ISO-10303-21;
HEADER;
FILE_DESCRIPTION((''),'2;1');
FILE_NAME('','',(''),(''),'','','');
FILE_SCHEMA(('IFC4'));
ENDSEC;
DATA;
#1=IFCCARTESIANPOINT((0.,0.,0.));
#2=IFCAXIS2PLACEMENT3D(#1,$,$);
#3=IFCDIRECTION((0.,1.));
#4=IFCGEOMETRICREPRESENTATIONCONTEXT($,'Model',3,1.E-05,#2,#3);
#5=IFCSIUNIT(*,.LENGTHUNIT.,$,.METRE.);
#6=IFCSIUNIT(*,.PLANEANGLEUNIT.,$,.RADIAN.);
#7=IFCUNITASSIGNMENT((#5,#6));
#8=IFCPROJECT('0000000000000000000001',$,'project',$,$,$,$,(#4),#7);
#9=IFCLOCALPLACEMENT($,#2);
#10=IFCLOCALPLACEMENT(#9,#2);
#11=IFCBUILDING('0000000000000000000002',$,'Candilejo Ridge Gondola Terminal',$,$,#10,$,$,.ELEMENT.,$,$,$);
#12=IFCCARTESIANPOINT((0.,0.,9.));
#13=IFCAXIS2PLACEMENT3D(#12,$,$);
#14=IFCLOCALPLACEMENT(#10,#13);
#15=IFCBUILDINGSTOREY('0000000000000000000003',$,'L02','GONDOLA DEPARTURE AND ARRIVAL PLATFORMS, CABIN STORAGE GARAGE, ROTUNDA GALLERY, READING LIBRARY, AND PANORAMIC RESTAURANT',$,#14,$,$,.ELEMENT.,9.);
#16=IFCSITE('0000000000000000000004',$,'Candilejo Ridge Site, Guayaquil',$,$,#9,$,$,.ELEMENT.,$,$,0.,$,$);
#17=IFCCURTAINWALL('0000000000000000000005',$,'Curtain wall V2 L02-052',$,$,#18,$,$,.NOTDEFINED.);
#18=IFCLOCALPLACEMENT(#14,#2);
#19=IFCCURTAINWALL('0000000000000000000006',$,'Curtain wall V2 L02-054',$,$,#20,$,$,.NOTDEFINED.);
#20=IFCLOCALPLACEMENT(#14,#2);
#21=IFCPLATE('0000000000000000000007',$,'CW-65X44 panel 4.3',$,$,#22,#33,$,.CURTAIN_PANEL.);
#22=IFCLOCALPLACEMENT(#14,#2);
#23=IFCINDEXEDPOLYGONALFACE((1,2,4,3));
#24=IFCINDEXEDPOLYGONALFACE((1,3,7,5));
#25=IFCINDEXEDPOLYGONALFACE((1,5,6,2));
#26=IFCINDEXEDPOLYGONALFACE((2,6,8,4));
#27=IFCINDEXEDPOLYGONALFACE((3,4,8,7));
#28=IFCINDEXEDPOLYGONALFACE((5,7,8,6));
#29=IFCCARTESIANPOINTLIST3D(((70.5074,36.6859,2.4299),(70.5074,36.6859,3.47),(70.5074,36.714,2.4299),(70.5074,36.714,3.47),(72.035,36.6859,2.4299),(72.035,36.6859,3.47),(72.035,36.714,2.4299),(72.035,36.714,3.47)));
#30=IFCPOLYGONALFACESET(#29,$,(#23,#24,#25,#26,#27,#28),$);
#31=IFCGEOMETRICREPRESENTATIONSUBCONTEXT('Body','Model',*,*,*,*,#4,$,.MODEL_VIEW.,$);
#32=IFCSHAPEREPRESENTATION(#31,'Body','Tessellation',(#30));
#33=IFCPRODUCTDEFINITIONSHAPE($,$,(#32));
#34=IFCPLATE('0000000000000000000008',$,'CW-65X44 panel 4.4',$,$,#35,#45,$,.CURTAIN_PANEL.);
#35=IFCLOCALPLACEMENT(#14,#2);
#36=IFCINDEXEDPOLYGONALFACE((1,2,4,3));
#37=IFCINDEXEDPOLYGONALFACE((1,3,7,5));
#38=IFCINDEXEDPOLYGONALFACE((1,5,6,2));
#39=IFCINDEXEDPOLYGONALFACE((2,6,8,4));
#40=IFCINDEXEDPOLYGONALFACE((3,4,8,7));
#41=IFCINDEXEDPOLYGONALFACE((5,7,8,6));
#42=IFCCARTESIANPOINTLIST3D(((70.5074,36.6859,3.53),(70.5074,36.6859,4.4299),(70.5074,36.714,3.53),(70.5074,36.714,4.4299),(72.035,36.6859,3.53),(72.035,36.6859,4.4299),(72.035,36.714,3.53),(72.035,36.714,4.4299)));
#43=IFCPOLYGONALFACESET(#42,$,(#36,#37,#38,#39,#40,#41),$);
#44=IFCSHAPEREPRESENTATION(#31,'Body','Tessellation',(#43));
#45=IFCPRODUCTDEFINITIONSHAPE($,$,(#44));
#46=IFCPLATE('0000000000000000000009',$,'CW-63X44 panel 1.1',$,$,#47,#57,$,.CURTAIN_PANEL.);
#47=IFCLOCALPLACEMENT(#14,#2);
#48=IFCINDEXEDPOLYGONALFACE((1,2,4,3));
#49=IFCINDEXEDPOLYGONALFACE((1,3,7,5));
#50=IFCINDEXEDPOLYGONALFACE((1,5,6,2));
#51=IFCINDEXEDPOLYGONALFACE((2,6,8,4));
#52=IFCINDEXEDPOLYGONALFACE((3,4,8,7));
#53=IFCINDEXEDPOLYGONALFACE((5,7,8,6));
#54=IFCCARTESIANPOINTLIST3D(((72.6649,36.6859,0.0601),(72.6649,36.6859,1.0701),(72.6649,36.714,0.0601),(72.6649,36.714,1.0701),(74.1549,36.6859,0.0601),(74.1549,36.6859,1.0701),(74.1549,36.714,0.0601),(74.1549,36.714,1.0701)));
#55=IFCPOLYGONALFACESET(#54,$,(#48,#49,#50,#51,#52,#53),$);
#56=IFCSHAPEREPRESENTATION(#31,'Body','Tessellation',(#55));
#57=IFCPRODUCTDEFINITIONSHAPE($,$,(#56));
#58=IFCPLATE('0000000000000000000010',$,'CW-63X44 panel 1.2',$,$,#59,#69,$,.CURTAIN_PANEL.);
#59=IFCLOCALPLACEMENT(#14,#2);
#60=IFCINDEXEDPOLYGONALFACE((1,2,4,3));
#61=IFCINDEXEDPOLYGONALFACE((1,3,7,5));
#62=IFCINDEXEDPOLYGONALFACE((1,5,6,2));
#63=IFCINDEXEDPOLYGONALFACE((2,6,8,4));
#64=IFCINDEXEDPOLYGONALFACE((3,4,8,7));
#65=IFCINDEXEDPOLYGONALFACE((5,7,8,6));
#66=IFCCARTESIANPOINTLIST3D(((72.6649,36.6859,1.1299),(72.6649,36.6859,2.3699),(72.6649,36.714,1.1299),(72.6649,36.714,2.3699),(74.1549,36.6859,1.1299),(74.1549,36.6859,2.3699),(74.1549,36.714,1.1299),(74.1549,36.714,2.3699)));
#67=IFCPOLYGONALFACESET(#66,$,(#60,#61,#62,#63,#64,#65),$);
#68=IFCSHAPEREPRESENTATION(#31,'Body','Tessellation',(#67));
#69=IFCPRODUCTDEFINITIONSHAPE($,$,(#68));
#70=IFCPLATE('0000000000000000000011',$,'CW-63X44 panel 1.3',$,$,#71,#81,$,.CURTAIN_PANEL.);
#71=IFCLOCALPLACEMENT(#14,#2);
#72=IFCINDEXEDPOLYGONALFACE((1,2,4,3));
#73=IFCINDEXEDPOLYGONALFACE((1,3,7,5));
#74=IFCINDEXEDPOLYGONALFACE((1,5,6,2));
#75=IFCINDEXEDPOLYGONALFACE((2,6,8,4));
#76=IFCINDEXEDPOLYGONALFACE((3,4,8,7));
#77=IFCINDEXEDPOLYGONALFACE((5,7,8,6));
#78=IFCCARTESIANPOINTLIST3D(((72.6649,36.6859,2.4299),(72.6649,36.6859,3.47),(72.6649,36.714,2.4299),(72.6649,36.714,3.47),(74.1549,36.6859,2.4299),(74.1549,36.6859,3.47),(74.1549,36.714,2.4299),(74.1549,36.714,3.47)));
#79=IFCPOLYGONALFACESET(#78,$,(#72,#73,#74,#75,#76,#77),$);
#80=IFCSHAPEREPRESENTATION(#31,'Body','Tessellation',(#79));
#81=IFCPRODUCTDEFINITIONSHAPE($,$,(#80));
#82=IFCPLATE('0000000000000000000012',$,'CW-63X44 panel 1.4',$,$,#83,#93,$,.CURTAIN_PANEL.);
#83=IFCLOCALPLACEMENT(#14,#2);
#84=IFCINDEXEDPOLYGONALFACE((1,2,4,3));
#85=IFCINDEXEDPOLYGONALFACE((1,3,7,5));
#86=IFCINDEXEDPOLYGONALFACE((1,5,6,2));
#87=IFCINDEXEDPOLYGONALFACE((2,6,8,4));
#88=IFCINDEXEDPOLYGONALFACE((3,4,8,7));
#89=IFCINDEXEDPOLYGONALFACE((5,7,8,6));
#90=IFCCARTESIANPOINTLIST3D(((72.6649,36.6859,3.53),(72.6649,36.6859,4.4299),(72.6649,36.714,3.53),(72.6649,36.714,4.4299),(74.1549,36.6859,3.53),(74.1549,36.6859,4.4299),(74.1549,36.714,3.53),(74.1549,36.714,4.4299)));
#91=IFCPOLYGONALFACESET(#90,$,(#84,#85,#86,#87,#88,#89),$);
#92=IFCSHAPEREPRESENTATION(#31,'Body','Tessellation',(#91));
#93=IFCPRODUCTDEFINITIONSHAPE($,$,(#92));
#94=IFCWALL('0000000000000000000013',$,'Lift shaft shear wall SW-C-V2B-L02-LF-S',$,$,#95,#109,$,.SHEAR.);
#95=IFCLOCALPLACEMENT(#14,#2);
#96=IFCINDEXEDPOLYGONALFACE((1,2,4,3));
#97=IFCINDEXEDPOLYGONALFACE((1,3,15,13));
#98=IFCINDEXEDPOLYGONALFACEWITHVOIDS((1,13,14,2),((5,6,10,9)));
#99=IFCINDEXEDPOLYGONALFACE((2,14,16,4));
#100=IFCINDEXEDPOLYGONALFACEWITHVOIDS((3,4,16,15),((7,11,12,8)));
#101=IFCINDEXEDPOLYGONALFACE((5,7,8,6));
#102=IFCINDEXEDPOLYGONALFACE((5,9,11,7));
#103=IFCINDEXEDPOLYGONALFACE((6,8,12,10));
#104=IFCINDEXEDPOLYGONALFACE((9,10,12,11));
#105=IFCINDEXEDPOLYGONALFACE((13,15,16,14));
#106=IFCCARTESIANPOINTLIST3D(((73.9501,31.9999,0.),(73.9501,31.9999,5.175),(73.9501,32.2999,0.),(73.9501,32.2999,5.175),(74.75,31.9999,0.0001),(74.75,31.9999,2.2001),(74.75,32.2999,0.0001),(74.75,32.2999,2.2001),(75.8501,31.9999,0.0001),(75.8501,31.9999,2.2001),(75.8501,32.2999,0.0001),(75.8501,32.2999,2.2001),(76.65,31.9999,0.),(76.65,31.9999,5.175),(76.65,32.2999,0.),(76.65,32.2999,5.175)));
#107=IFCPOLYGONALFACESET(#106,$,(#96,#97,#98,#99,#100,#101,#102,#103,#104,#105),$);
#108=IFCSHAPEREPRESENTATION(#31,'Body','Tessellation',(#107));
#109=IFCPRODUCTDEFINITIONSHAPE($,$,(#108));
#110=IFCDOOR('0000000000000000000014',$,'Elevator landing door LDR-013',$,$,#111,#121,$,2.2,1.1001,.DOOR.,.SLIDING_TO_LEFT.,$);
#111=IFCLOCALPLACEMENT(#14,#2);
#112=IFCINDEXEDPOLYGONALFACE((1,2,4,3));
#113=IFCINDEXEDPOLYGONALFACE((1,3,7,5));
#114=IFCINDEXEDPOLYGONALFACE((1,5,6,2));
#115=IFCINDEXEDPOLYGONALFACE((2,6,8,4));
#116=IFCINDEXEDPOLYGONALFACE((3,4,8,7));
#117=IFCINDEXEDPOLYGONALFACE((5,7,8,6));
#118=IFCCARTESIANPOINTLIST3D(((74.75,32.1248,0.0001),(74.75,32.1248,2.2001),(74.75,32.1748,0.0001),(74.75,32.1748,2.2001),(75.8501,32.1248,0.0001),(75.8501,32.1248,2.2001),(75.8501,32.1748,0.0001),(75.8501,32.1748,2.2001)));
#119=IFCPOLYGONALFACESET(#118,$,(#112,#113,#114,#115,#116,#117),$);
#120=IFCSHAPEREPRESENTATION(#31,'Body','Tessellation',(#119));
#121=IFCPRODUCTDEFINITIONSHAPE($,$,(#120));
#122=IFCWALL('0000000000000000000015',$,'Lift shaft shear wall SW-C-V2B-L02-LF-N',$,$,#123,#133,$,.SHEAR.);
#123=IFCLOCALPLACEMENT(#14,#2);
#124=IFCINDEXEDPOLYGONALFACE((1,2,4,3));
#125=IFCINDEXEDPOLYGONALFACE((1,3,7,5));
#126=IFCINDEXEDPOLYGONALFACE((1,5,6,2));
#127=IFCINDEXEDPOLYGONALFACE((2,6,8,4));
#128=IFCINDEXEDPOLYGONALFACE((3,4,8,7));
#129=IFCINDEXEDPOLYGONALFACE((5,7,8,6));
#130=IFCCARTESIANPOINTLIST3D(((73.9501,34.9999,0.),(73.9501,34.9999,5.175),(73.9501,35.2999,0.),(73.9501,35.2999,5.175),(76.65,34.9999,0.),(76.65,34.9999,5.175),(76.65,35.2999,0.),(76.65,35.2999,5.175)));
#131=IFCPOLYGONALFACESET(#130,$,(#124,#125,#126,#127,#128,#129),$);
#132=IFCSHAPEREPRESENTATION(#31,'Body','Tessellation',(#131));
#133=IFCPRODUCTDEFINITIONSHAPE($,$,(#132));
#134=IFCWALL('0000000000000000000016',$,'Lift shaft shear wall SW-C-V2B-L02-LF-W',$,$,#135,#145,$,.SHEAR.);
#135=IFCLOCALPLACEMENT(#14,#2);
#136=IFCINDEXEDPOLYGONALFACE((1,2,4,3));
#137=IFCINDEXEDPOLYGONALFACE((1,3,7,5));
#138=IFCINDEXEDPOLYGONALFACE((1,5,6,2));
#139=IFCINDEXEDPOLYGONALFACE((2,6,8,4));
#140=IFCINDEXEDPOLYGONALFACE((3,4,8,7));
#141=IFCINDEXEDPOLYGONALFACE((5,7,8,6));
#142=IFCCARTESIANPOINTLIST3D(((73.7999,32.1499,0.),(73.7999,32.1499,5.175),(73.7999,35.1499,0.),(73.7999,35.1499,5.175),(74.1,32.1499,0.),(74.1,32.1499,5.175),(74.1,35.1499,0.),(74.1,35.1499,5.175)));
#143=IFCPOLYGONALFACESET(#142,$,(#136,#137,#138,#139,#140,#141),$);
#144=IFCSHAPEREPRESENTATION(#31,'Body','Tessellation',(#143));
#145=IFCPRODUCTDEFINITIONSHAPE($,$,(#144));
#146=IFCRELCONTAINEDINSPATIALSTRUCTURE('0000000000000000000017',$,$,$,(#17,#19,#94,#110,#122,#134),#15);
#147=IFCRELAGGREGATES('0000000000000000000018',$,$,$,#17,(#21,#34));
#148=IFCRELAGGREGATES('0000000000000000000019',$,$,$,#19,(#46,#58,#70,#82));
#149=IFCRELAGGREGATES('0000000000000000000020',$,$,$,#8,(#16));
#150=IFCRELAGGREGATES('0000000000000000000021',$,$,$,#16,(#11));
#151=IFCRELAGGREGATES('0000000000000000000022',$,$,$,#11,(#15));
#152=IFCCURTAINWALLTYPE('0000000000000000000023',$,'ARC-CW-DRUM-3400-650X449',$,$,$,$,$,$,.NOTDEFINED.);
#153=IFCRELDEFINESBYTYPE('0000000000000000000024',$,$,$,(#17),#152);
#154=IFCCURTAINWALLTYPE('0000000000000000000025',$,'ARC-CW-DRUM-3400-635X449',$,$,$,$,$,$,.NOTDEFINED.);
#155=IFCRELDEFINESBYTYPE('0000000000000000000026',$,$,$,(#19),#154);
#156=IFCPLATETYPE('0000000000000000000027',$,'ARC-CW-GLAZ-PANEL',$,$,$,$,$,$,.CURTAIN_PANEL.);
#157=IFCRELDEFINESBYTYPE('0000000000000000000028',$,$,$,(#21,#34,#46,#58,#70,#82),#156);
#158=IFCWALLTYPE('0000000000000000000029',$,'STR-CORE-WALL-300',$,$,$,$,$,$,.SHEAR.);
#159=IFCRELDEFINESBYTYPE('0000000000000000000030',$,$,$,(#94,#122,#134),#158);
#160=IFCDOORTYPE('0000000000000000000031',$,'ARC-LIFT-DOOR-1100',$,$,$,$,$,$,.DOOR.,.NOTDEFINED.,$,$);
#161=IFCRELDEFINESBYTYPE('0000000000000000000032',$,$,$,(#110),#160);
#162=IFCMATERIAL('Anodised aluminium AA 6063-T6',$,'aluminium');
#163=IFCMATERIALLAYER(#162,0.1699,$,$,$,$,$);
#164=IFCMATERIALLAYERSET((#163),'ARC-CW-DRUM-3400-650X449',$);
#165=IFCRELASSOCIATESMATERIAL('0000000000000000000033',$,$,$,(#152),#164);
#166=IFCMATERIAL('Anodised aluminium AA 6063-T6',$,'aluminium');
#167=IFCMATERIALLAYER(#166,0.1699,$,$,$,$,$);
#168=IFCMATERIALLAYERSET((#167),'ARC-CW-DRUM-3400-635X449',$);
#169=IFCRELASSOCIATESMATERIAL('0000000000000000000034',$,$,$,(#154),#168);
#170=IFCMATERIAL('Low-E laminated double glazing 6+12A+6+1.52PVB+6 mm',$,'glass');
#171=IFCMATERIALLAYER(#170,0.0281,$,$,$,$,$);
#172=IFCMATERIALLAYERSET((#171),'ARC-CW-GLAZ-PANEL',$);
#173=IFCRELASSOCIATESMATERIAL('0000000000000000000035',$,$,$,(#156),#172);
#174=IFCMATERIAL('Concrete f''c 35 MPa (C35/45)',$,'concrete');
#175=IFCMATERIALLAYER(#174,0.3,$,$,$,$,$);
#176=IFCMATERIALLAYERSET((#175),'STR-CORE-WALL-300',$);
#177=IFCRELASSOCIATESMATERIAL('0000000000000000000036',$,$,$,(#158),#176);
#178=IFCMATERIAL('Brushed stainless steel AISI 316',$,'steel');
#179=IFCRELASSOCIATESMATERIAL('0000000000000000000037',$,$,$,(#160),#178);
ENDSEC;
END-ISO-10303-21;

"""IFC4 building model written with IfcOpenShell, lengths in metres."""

from ifc_helpers import new_model, si_unit, direction, frame, frame_2d, origin, origin_2d, place, context, subcontext, project, spatial, rectangle, extrude, material, layer, layer_set, type_object, element, fill, aggregate, save


model = new_model("IFC4")

# Units and contexts
model_context = context("Model", 3, precision=1e-05, world=origin(), true_north=direction((0.0, 1.0)))
body_context = subcontext(model_context, "Body", "Model", "MODEL_VIEW")
ifc_project = project(units=[si_unit("LENGTHUNIT", "METRE"), si_unit("PLANEANGLEUNIT", "RADIAN")], contexts=[model_context])

# Site, building, storey
site_placement = place(None, origin())
site = spatial("IfcSite", under=ifc_project, at=site_placement, Name="Candilejo Ridge Site, Guayaquil", CompositionType="ELEMENT", RefElevation=0.0)
building_placement = place(site_placement, origin())
building = spatial("IfcBuilding", under=site, at=building_placement, Name="Candilejo Ridge Gondola Terminal", CompositionType="ELEMENT")
storey_placement = place(building_placement, frame((0.0, 0.0, 9.0)))
storey = spatial("IfcBuildingStorey", under=building, at=storey_placement, Name="L02", Description="GONDOLA DEPARTURE AND ARRIVAL PLATFORMS, CABIN STORAGE GARAGE, ROTUNDA GALLERY, READING LIBRARY, AND PANORAMIC RESTAURANT", CompositionType="ELEMENT", Elevation=9.0)

# Curtain walls
ifc_material_1 = material(Name="Anodised aluminium AA 6063-T6", Category="aluminium")
ifc_layer_1 = layer(ifc_material_1, 0.1699)
ifc_layer_set_1 = layer_set([ifc_layer_1], Name="ARC-CW-DRUM-3400-650X449")
curtain_wall_type_1 = type_object("IfcCurtainWallType", Name="ARC-CW-DRUM-3400-650X449", PredefinedType="NOTDEFINED", material=ifc_layer_set_1)
curtain_wall_1_placement = place(storey_placement, origin())
curtain_wall_1 = element("IfcCurtainWall", 1, at=curtain_wall_1_placement, inside=storey, type_object=curtain_wall_type_1, Name="Curtain wall V2 L02-052", PredefinedType="NOTDEFINED")
ifc_material_2 = material(Name="Anodised aluminium AA 6063-T6", Category="aluminium")
ifc_layer_2 = layer(ifc_material_2, 0.1699)
ifc_layer_set_2 = layer_set([ifc_layer_2], Name="ARC-CW-DRUM-3400-635X449")
curtain_wall_type_2 = type_object("IfcCurtainWallType", Name="ARC-CW-DRUM-3400-635X449", PredefinedType="NOTDEFINED", material=ifc_layer_set_2)
curtain_wall_2_placement = place(storey_placement, origin())
curtain_wall_2 = element("IfcCurtainWall", 2, at=curtain_wall_2_placement, inside=storey, type_object=curtain_wall_type_2, Name="Curtain wall V2 L02-054", PredefinedType="NOTDEFINED")

# Plates
ifc_material_3 = material(Name="Low-E laminated double glazing 6+12A+6+1.52PVB+6 mm", Category="glass")
ifc_layer_3 = layer(ifc_material_3, 0.0281)
ifc_layer_set_3 = layer_set([ifc_layer_3], Name="ARC-CW-GLAZ-PANEL")
plate_type = type_object("IfcPlateType", Name="ARC-CW-GLAZ-PANEL", PredefinedType="CURTAIN_PANEL", material=ifc_layer_set_3)
plate_1_placement = place(storey_placement, frame((71.2712, 36.7, 2.4299), z_axis=(0.0, 0.0, 1.0), x_axis=(1.0, 0.0, 0.0)))
plate_1 = element("IfcPlate", 3, at=plate_1_placement, type_object=plate_type, Name="CW-65X44 panel 4.3", PredefinedType="CURTAIN_PANEL", context=body_context, shape_type="SweptSolid", body=[
    extrude(rectangle(XDim=1.5276, YDim=0.0281, at=origin_2d()), origin(), (0.0, 0.0, 1.0), 1.04),
])
plate_2_placement = place(storey_placement, frame((71.2712, 36.7, 3.53), z_axis=(0.0, 0.0, 1.0), x_axis=(1.0, 0.0, 0.0)))
plate_2 = element("IfcPlate", 4, at=plate_2_placement, type_object=plate_type, Name="CW-65X44 panel 4.4", PredefinedType="CURTAIN_PANEL", context=body_context, shape_type="SweptSolid", body=[
    extrude(rectangle(XDim=1.5276, YDim=0.0281, at=origin_2d()), origin(), (0.0, 0.0, 1.0), 0.8999),
])
aggregate(curtain_wall_1, [plate_1, plate_2])
plate_3_placement = place(storey_placement, frame((73.4099, 36.7, 0.0601), z_axis=(0.0, 0.0, 1.0), x_axis=(1.0, 0.0, 0.0)))
plate_3 = element("IfcPlate", 5, at=plate_3_placement, type_object=plate_type, Name="CW-63X44 panel 1.1", PredefinedType="CURTAIN_PANEL", context=body_context, shape_type="SweptSolid", body=[
    extrude(rectangle(XDim=1.49, YDim=0.0281, at=origin_2d()), origin(), (0.0, 0.0, 1.0), 1.01),
])
plate_4_placement = place(storey_placement, frame((73.4099, 36.7, 1.1299), z_axis=(0.0, 0.0, 1.0), x_axis=(1.0, 0.0, 0.0)))
plate_4 = element("IfcPlate", 6, at=plate_4_placement, type_object=plate_type, Name="CW-63X44 panel 1.2", PredefinedType="CURTAIN_PANEL", context=body_context, shape_type="SweptSolid", body=[
    extrude(rectangle(XDim=1.49, YDim=0.0281, at=origin_2d()), origin(), (0.0, 0.0, 1.0), 1.24),
])
plate_5_placement = place(storey_placement, frame((73.4099, 36.7, 2.4299), z_axis=(0.0, 0.0, 1.0), x_axis=(1.0, 0.0, 0.0)))
plate_5 = element("IfcPlate", 7, at=plate_5_placement, type_object=plate_type, Name="CW-63X44 panel 1.3", PredefinedType="CURTAIN_PANEL", context=body_context, shape_type="SweptSolid", body=[
    extrude(rectangle(XDim=1.49, YDim=0.0281, at=origin_2d()), origin(), (0.0, 0.0, 1.0), 1.04),
])
plate_6_placement = place(storey_placement, frame((73.4099, 36.7, 3.53), z_axis=(0.0, 0.0, 1.0), x_axis=(1.0, 0.0, 0.0)))
plate_6 = element("IfcPlate", 8, at=plate_6_placement, type_object=plate_type, Name="CW-63X44 panel 1.4", PredefinedType="CURTAIN_PANEL", context=body_context, shape_type="SweptSolid", body=[
    extrude(rectangle(XDim=1.49, YDim=0.0281, at=origin_2d()), origin(), (0.0, 0.0, 1.0), 0.8999),
])
aggregate(curtain_wall_2, [plate_3, plate_4, plate_5, plate_6])

# Wall, opening, door
ifc_material_4 = material(Name="Concrete f'c 35 MPa (C35/45)", Category="concrete")
ifc_layer_4 = layer(ifc_material_4, 0.3)
ifc_layer_set_4 = layer_set([ifc_layer_4], Name="STR-CORE-WALL-300")
wall_type = type_object("IfcWallType", Name="STR-CORE-WALL-300", PredefinedType="SHEAR", material=ifc_layer_set_4)
wall_1_placement = place(storey_placement, frame((73.95, 32.1499, 0.0), z_axis=(0.0, 0.0, 1.0), x_axis=(1.0, 0.0, 0.0)))
wall_1 = element("IfcWall", 9, at=wall_1_placement, inside=storey, type_object=wall_type, Name="Lift shaft shear wall SW-C-V2B-L02-LF-S", PredefinedType="SHEAR", context=body_context, shape_type="SweptSolid", body=[
    extrude(rectangle(XDim=2.7, YDim=0.3, at=frame_2d((1.3501, 0.0))), origin(), (0.0, 0.0, 1.0), 5.175),
])
opening_placement = place(wall_1_placement, frame((0.8, 0.0, 0.0)))
opening = element("IfcOpeningElement", 10, at=opening_placement, cuts=wall_1, PredefinedType="OPENING", context=body_context, shape_type="SweptSolid", body=[
    extrude(rectangle(XDim=1.1001, YDim=2.2, at=frame_2d((0.55, 1.1001))), frame((0.0, 0.1599, 0.0), z_axis=(0.0, -1.0, 0.0), x_axis=(1.0, 0.0, 0.0)), (0.0, 0.0, 1.0), 0.3201),
])
ifc_material_5 = material(Name="Brushed stainless steel AISI 316", Category="steel")
door_type = type_object("IfcDoorType", Name="ARC-LIFT-DOOR-1100", OperationType="NOTDEFINED", PredefinedType="DOOR", material=ifc_material_5)
door_placement = place(opening_placement, origin())
door = element("IfcDoor", 11, at=door_placement, inside=storey, type_object=door_type, Name="Elevator landing door LDR-013", OperationType="SLIDING_TO_LEFT", OverallHeight=2.2, OverallWidth=1.1001, PredefinedType="DOOR", context=body_context, shape_type="SweptSolid", body=[
    extrude(rectangle(XDim=1.1001, YDim=2.2, at=frame_2d((0.55, 1.1001))), frame((0.0, 0.0249, 0.0), z_axis=(0.0, -1.0, 0.0), x_axis=(1.0, 0.0, 0.0)), (0.0, 0.0, 1.0), 0.05),
])
fill(opening, door)

# Walls
wall_2_placement = place(storey_placement, frame((73.95, 35.1499, 0.0), z_axis=(0.0, 0.0, 1.0), x_axis=(1.0, 0.0, 0.0)))
element("IfcWall", 12, at=wall_2_placement, inside=storey, type_object=wall_type, Name="Lift shaft shear wall SW-C-V2B-L02-LF-N", PredefinedType="SHEAR", context=body_context, shape_type="SweptSolid", body=[
    extrude(rectangle(XDim=2.7, YDim=0.3, at=frame_2d((1.3501, 0.0))), origin(), (0.0, 0.0, 1.0), 5.175),
])
wall_3_placement = place(storey_placement, frame((73.95, 32.1499, 0.0), z_axis=(0.0, 0.0, 1.0), x_axis=(0.0, 1.0, 0.0)))
element("IfcWall", 13, at=wall_3_placement, inside=storey, type_object=wall_type, Name="Lift shaft shear wall SW-C-V2B-L02-LF-W", PredefinedType="SHEAR", context=body_context, shape_type="SweptSolid", body=[
    extrude(rectangle(XDim=3.0, YDim=0.3, at=frame_2d((1.5, 0.0))), origin(), (0.0, 0.0, 1.0), 5.175),
])

save(model, "model.ifc")
